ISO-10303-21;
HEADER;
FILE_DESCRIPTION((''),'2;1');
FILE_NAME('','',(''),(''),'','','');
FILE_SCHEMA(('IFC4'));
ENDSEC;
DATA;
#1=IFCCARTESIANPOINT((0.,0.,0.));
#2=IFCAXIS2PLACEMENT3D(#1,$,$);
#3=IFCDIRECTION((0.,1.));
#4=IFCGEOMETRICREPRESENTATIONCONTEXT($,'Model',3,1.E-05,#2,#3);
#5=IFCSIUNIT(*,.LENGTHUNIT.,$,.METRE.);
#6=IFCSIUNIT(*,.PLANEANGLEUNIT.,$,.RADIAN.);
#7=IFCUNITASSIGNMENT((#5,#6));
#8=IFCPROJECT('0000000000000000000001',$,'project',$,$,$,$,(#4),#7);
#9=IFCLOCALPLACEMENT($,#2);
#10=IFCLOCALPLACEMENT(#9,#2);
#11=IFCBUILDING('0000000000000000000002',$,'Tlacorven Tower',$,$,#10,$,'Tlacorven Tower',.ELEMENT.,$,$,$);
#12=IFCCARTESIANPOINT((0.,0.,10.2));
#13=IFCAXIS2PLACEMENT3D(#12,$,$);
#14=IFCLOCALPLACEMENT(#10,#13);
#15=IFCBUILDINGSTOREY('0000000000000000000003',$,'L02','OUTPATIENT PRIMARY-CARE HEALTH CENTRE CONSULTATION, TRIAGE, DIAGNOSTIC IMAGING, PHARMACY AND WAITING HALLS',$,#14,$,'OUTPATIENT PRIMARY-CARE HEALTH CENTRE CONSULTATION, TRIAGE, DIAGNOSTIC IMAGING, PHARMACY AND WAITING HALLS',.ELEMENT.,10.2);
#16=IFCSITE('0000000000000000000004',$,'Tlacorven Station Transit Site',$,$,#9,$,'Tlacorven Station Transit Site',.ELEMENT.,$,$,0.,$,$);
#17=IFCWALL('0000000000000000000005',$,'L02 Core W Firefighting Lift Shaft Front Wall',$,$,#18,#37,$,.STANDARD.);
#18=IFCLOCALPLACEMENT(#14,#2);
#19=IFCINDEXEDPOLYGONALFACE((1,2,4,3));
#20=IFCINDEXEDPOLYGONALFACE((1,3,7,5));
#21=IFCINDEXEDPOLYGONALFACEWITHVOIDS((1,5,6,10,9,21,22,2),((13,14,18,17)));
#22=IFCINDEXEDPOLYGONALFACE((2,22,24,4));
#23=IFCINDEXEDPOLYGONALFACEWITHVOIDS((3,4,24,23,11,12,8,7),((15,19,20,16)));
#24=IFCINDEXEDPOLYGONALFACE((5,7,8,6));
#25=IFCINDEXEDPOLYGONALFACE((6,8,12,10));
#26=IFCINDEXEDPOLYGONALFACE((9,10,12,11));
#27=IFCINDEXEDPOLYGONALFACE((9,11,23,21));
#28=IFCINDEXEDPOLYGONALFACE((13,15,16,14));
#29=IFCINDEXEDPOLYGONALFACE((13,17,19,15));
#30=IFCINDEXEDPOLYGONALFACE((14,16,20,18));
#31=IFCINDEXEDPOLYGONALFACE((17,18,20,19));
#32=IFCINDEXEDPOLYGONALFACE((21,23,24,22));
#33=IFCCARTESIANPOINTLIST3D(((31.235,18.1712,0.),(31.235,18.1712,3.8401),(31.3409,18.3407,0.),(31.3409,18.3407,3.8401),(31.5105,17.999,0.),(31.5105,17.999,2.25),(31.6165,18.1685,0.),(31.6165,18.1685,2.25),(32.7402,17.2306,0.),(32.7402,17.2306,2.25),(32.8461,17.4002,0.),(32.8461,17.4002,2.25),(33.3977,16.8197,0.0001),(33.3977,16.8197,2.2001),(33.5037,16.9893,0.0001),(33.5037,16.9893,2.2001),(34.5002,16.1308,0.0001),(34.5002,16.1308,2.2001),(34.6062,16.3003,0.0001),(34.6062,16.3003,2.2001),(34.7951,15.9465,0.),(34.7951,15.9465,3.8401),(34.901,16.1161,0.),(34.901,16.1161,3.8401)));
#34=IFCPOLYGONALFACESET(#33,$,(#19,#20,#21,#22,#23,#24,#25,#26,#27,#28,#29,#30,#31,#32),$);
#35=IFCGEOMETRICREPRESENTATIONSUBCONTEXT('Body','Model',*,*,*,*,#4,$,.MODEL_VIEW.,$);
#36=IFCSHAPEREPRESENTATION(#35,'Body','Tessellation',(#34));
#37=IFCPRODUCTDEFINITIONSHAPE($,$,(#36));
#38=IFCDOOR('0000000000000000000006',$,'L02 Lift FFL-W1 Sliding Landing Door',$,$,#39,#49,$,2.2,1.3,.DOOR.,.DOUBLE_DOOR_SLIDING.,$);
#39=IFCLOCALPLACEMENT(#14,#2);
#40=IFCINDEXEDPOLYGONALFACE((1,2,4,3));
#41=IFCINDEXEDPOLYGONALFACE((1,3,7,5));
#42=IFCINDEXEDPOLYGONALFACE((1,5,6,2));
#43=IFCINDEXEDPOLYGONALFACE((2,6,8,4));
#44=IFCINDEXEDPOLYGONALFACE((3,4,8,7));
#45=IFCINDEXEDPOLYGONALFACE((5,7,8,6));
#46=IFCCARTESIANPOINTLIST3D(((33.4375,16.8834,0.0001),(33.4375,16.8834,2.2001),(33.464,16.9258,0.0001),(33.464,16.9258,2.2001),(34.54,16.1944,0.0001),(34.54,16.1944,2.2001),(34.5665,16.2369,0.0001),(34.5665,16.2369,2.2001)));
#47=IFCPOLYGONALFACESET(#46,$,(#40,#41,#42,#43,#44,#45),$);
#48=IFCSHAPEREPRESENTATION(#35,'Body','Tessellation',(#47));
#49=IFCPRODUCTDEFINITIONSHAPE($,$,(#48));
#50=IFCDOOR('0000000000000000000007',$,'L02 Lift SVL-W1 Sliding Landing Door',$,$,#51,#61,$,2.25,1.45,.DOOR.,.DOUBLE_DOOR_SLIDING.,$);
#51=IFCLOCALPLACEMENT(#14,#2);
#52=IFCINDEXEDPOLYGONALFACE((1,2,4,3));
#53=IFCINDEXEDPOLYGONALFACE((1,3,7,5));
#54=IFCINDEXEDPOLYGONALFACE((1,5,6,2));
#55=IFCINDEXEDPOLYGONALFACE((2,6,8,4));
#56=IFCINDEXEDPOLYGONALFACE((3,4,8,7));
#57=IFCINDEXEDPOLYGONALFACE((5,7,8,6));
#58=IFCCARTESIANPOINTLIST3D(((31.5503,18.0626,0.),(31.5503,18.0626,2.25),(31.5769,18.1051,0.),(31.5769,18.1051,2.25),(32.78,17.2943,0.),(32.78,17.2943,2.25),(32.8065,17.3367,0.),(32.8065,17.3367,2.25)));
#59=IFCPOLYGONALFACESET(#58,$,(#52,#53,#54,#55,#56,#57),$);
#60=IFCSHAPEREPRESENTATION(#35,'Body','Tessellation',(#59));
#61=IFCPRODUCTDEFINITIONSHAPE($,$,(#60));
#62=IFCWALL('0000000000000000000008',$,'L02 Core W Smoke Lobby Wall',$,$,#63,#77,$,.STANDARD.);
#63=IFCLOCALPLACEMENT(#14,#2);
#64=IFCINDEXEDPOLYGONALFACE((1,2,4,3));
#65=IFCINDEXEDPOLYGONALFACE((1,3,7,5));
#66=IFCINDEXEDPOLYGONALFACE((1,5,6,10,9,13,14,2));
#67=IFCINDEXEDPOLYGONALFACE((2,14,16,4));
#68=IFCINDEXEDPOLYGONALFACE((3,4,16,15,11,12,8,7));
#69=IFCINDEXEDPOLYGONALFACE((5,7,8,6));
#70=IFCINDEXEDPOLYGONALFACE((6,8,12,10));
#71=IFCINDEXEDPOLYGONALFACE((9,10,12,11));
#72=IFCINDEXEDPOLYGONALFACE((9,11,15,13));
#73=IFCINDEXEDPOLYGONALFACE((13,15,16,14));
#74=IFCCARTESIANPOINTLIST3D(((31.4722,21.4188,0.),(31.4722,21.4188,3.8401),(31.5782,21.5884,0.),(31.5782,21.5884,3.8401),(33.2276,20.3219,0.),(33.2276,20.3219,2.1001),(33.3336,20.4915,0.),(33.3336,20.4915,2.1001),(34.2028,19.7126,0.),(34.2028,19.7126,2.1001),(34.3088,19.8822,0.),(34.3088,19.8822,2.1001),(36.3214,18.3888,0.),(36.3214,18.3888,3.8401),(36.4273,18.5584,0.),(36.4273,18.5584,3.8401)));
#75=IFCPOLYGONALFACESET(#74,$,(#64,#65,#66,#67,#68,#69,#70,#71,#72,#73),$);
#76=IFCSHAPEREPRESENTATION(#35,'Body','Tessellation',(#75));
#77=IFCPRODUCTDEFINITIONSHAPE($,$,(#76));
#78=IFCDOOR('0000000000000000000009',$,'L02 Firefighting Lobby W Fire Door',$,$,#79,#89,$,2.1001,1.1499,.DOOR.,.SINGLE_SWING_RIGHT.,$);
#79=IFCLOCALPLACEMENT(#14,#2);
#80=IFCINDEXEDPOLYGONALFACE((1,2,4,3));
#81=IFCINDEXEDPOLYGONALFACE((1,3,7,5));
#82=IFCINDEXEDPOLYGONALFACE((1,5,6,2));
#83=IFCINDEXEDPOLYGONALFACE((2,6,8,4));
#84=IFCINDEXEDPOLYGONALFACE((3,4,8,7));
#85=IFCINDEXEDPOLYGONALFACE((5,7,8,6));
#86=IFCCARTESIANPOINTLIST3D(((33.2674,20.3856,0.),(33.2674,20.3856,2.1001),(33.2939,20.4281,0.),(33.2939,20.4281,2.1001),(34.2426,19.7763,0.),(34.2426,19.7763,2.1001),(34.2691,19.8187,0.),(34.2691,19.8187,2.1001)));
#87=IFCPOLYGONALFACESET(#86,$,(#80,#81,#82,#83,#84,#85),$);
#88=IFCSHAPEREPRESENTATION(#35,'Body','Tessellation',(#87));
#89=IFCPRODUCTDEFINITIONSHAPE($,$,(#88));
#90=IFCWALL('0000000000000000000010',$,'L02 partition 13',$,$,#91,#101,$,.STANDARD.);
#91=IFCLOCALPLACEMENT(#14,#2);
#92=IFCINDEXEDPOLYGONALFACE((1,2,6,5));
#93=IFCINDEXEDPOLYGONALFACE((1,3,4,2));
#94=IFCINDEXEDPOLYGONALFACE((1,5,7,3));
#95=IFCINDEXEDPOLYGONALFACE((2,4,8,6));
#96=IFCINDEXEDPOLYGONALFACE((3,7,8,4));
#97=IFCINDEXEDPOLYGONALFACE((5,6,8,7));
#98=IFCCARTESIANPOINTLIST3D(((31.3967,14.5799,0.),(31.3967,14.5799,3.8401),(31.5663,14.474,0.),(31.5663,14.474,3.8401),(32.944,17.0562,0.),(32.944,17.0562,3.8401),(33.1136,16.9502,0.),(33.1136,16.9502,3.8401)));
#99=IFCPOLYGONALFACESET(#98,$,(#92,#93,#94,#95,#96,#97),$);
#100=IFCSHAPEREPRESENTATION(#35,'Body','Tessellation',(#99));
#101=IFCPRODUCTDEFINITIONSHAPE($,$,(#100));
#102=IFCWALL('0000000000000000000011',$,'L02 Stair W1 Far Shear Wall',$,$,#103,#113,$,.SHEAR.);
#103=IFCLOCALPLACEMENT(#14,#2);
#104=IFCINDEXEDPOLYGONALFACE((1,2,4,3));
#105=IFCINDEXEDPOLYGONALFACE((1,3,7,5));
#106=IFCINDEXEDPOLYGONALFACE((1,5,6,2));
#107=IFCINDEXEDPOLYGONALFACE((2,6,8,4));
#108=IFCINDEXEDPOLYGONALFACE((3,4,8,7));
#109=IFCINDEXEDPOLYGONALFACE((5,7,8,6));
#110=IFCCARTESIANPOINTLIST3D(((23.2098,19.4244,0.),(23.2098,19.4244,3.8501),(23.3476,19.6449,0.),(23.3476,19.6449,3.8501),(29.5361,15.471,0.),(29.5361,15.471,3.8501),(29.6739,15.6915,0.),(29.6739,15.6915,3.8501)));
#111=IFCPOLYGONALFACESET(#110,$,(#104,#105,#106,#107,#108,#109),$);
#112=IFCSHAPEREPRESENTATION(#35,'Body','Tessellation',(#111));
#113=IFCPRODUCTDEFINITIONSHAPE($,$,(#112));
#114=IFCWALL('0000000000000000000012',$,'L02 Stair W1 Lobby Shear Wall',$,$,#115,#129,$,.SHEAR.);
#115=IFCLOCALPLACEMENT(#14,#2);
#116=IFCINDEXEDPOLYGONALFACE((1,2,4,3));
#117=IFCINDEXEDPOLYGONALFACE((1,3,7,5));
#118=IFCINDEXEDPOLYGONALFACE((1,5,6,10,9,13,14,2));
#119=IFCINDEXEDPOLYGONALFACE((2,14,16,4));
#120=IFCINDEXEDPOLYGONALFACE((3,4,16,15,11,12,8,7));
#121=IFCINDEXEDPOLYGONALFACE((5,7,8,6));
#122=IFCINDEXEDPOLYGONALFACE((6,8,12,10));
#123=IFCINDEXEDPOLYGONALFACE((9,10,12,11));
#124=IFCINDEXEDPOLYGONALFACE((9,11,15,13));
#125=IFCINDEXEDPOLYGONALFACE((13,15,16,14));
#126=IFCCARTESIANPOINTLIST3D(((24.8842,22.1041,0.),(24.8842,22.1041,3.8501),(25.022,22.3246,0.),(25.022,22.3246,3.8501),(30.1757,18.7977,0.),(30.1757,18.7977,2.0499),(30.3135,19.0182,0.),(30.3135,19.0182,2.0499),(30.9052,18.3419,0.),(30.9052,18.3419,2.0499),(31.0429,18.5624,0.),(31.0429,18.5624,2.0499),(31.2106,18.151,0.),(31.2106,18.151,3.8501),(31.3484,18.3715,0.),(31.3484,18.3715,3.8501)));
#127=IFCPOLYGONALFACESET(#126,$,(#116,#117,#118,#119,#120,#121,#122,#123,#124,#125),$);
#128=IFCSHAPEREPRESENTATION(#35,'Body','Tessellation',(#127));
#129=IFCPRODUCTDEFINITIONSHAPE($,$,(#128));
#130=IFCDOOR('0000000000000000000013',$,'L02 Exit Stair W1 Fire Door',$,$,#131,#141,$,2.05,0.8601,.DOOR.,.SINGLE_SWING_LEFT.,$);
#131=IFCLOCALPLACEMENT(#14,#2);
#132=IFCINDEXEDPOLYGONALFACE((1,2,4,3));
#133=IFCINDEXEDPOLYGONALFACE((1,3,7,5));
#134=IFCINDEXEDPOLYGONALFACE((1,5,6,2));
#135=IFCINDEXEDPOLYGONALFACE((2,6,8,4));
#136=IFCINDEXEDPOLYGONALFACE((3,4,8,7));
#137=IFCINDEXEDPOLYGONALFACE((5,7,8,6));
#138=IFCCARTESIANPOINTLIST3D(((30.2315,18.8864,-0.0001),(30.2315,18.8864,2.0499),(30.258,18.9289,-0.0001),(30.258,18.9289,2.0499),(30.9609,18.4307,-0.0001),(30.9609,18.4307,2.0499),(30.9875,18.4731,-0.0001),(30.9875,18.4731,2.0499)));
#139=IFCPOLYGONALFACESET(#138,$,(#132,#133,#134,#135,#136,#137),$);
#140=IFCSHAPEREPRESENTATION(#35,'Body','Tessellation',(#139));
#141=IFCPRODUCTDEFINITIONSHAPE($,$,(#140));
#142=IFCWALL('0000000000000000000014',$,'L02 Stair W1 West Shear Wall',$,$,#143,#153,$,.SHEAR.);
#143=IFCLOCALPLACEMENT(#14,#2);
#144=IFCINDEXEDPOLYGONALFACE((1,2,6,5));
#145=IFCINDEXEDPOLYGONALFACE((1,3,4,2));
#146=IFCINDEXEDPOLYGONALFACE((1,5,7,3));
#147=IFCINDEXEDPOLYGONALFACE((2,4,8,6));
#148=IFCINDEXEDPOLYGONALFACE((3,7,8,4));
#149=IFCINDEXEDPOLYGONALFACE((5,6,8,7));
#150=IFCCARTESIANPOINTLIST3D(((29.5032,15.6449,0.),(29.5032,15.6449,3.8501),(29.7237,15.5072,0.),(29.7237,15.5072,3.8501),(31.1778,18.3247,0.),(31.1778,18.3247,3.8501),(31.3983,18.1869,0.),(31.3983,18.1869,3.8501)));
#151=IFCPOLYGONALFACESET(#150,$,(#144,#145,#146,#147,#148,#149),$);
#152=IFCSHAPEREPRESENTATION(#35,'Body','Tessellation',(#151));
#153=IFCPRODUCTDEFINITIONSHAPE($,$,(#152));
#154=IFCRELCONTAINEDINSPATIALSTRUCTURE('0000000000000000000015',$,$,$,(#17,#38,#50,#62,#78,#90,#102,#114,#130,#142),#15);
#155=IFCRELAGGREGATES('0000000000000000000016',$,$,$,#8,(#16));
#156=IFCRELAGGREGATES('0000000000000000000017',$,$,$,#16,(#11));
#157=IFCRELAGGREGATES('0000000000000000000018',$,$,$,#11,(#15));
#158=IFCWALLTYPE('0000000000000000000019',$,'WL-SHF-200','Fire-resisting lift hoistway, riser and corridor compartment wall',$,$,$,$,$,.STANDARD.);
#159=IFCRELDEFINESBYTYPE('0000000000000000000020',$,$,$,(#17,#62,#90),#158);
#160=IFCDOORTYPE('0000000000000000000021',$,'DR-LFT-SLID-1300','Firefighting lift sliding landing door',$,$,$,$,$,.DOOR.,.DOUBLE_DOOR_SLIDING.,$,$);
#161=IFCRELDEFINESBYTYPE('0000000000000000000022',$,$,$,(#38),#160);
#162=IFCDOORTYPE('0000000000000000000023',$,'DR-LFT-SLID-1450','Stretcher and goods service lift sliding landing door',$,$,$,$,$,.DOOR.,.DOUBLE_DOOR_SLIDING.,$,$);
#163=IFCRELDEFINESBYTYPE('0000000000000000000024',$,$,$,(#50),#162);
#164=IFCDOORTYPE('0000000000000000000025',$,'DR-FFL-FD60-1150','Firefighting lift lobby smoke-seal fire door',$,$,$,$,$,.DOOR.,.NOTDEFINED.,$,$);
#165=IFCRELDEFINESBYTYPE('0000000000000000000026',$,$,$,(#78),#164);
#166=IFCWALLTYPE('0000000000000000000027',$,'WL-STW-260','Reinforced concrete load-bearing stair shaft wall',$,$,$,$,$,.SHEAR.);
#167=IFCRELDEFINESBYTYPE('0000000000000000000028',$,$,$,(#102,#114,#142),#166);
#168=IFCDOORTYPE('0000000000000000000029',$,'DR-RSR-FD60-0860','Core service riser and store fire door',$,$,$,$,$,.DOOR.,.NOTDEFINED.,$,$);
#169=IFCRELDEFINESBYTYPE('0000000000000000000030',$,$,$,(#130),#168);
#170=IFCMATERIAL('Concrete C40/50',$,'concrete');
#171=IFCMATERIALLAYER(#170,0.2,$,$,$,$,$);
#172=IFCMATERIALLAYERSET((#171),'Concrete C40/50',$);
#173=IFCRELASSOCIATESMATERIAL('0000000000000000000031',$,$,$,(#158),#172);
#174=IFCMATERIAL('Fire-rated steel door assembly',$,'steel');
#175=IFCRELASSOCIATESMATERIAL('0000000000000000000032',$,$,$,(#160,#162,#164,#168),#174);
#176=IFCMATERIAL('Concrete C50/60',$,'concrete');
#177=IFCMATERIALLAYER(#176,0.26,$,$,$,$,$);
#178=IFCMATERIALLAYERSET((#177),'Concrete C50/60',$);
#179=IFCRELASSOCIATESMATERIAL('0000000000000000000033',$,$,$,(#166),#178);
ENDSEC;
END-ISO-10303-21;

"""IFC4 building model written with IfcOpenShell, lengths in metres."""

from ifc_helpers import new_model, si_unit, direction, frame, frame_2d, origin, place, context, subcontext, project, spatial, rectangle, extrude, source, transform, mapped, material, layer, layer_set, type_object, element, fill, save


model = new_model("IFC4")

# Units and contexts
model_context = context("Model", 3, precision=1e-05, world=origin(), true_north=direction((0.0, 1.0)))
body_context = subcontext(model_context, "Body", "Model", "MODEL_VIEW")
ifc_project = project(units=[si_unit("LENGTHUNIT", "METRE"), si_unit("PLANEANGLEUNIT", "RADIAN")], contexts=[model_context])

# Site, building, storey
site_placement = place(None, origin())
site = spatial("IfcSite", under=ifc_project, at=site_placement, Name="Tlacorven Station Transit Site", LongName="Tlacorven Station Transit Site", CompositionType="ELEMENT", RefElevation=0.0)
building_placement = place(site_placement, origin())
building = spatial("IfcBuilding", under=site, at=building_placement, Name="Tlacorven Tower", LongName="Tlacorven Tower", CompositionType="ELEMENT")
storey_placement = place(building_placement, frame((0.0, 0.0, 10.2)))
storey = spatial("IfcBuildingStorey", under=building, at=storey_placement, Name="L02", Description="OUTPATIENT PRIMARY-CARE HEALTH CENTRE CONSULTATION, TRIAGE, DIAGNOSTIC IMAGING, PHARMACY AND WAITING HALLS", LongName="OUTPATIENT PRIMARY-CARE HEALTH CENTRE CONSULTATION, TRIAGE, DIAGNOSTIC IMAGING, PHARMACY AND WAITING HALLS", CompositionType="ELEMENT", Elevation=10.2)

# Wall, openings, doors
ifc_material_1 = material(Name="Concrete C40/50", Category="concrete")
ifc_layer_1 = layer(ifc_material_1, 0.2)
ifc_layer_set_1 = layer_set([ifc_layer_1], Name="Concrete C40/50")
wall_type_1 = type_object("IfcWallType", Name="WL-SHF-200", Description="Fire-resisting lift hoistway, riser and corridor compartment wall", PredefinedType="STANDARD", material=ifc_layer_set_1)
wall_1_placement = place(storey_placement, frame((34.8481, 16.0312, 0.0), z_axis=(0.0, 0.0, 1.0), x_axis=(-0.848044, 0.529926, 0.0)))
wall_1 = element("IfcWall", 1, at=wall_1_placement, inside=storey, type_object=wall_type_1, Name="L02 Core W Firefighting Lift Shaft Front Wall", PredefinedType="STANDARD", context=body_context, shape_type="SweptSolid", body=[
    extrude(rectangle(XDim=4.198, YDim=0.2, at=frame_2d((2.0991, 0.0))), origin(), (0.0, 0.0, 1.0), 3.8401),
])
opening_1_placement = place(wall_1_placement, frame((0.3479, 0.0, 0.0)))
opening_1 = element("IfcOpeningElement", 2, at=opening_1_placement, cuts=wall_1, PredefinedType="OPENING", context=body_context, shape_type="SweptSolid", body=[
    extrude(rectangle(XDim=1.3, YDim=2.2, at=frame_2d((0.6499, 1.1001))), frame((0.0, 0.1099, 0.0), z_axis=(0.0, -1.0, 0.0), x_axis=(1.0, 0.0, 0.0)), (0.0, 0.0, 1.0), 0.22),
])
opening_2_placement = place(wall_1_placement, frame((2.4231, 0.0, 0.0)))
opening_2 = element("IfcOpeningElement", 3, at=opening_2_placement, cuts=wall_1, PredefinedType="OPENING", context=body_context, shape_type="SweptSolid", body=[
    extrude(rectangle(XDim=1.45, YDim=2.25, at=frame_2d((0.7251, 1.125))), frame((0.0, 0.1099, 0.0), z_axis=(0.0, -1.0, 0.0), x_axis=(1.0, 0.0, 0.0)), (0.0, 0.0, 1.0), 0.22),
])
ifc_material_2 = material(Name="Fire-rated steel door assembly", Category="steel")
door_type_1 = type_object("IfcDoorType", Name="DR-LFT-SLID-1300", Description="Firefighting lift sliding landing door", OperationType="DOUBLE_DOOR_SLIDING", PredefinedType="DOOR", material=ifc_material_2)
shared_shape_1 = source(origin(), body_context, "Body", "SweptSolid", [
    extrude(rectangle(XDim=1.3, YDim=2.2, at=frame_2d((0.6499, 1.1001))), frame((0.0, 0.0249, 0.0), z_axis=(0.0, -1.0, 0.0), x_axis=(1.0, 0.0, 0.0)), (0.0, 0.0, 1.0), 0.05),
])
door_1_placement = place(opening_1_placement, origin())
door_1 = element("IfcDoor", 4, at=door_1_placement, inside=storey, type_object=door_type_1, Name="L02 Lift FFL-W1 Sliding Landing Door", OperationType="DOUBLE_DOOR_SLIDING", OverallHeight=2.2, OverallWidth=1.3, PredefinedType="DOOR", context=body_context, shape_type="MappedRepresentation", body=[
    mapped(shared_shape_1, transform((0.0, 0.0, 0.0), scale=1.0)),
])
fill(opening_1, door_1)
door_type_2 = type_object("IfcDoorType", Name="DR-LFT-SLID-1450", Description="Stretcher and goods service lift sliding landing door", OperationType="DOUBLE_DOOR_SLIDING", PredefinedType="DOOR", material=ifc_material_2)
shared_shape_2 = source(origin(), body_context, "Body", "SweptSolid", [
    extrude(rectangle(XDim=1.45, YDim=2.25, at=frame_2d((0.7251, 1.125))), frame((0.0, 0.0249, 0.0), z_axis=(0.0, -1.0, 0.0), x_axis=(1.0, 0.0, 0.0)), (0.0, 0.0, 1.0), 0.05),
])
door_2_placement = place(opening_2_placement, origin())
door_2 = element("IfcDoor", 5, at=door_2_placement, inside=storey, type_object=door_type_2, Name="L02 Lift SVL-W1 Sliding Landing Door", OperationType="DOUBLE_DOOR_SLIDING", OverallHeight=2.25, OverallWidth=1.45, PredefinedType="DOOR", context=body_context, shape_type="MappedRepresentation", body=[
    mapped(shared_shape_2, transform((0.0, 0.0, 0.0), scale=1.0)),
])
fill(opening_2, door_2)

# Wall, opening, door
wall_2_placement = place(storey_placement, frame((36.3743, 18.4736, 0.0), z_axis=(0.0, 0.0, 1.0), x_axis=(-0.848051, 0.529915, 0.0)))
wall_2 = element("IfcWall", 6, at=wall_2_placement, inside=storey, type_object=wall_type_1, Name="L02 Core W Smoke Lobby Wall", PredefinedType="STANDARD", context=body_context, shape_type="SweptSolid", body=[
    extrude(rectangle(XDim=5.718, YDim=0.2, at=frame_2d((2.8589, 0.0))), origin(), (0.0, 0.0, 1.0), 3.8401),
])
opening_3_placement = place(wall_2_placement, frame((2.498, 0.0, 0.0)))
opening_3 = element("IfcOpeningElement", 7, at=opening_3_placement, cuts=wall_2, PredefinedType="OPENING", context=body_context, shape_type="SweptSolid", body=[
    extrude(rectangle(XDim=1.1499, YDim=2.1001, at=frame_2d((0.575, 1.05))), frame((0.0, 0.1099, 0.0), z_axis=(0.0, -1.0, 0.0), x_axis=(1.0, 0.0, 0.0)), (0.0, 0.0, 1.0), 0.22),
])
door_type_3 = type_object("IfcDoorType", Name="DR-FFL-FD60-1150", Description="Firefighting lift lobby smoke-seal fire door", OperationType="NOTDEFINED", PredefinedType="DOOR", material=ifc_material_2)
shared_shape_3 = source(origin(), body_context, "Body", "SweptSolid", [
    extrude(rectangle(XDim=1.1499, YDim=2.1001, at=frame_2d((0.575, 1.05))), frame((0.0, 0.0249, 0.0), z_axis=(0.0, -1.0, 0.0), x_axis=(1.0, 0.0, 0.0)), (0.0, 0.0, 1.0), 0.05),
])
door_3_placement = place(opening_3_placement, origin())
door_3 = element("IfcDoor", 8, at=door_3_placement, inside=storey, type_object=door_type_3, Name="L02 Firefighting Lobby W Fire Door", OperationType="SINGLE_SWING_RIGHT", OverallHeight=2.1001, OverallWidth=1.1499, PredefinedType="DOOR", context=body_context, shape_type="MappedRepresentation", body=[
    mapped(shared_shape_3, transform((0.0, 0.0, 0.0), scale=1.0)),
])
fill(opening_3, door_3)

# Walls
wall_3_placement = place(storey_placement, frame((33.0288, 17.0032, 0.0), z_axis=(0.0, 0.0, 1.0), x_axis=(-0.529916, -0.84805, 0.0)))
element("IfcWall", 9, at=wall_3_placement, inside=storey, type_object=wall_type_1, Name="L02 partition 13", PredefinedType="STANDARD", context=body_context, shape_type="SweptSolid", body=[
    extrude(rectangle(XDim=2.9199, YDim=0.2, at=frame_2d((1.46, 0.0))), origin(), (0.0, 0.0, 1.0), 3.8401),
])
ifc_material_3 = material(Name="Concrete C50/60", Category="concrete")
ifc_layer_2 = layer(ifc_material_3, 0.26)
ifc_layer_set_2 = layer_set([ifc_layer_2], Name="Concrete C50/60")
wall_type_2 = type_object("IfcWallType", Name="WL-STW-260", Description="Reinforced concrete load-bearing stair shaft wall", PredefinedType="SHEAR", material=ifc_layer_set_2)
wall_4_placement = place(storey_placement, frame((29.605, 15.5813, 0.0), z_axis=(0.0, 0.0, 1.0), x_axis=(-0.848037, 0.529937, 0.0)))
element("IfcWall", 10, at=wall_4_placement, inside=storey, type_object=wall_type_2, Name="L02 Stair W1 Far Shear Wall", PredefinedType="SHEAR", context=body_context, shape_type="SweptSolid", body=[
    extrude(rectangle(XDim=7.46, YDim=0.26, at=frame_2d((3.73, 0.0))), origin(), (0.0, 0.0, 1.0), 3.8501),
])

# Wall, opening, door
wall_5_placement = place(storey_placement, frame((31.2795, 18.2612, 0.0), z_axis=(0.0, 0.0, 1.0), x_axis=(-0.848052, 0.529914, 0.0)))
wall_5 = element("IfcWall", 11, at=wall_5_placement, inside=storey, type_object=wall_type_2, Name="L02 Stair W1 Lobby Shear Wall", PredefinedType="SHEAR", context=body_context, shape_type="SweptSolid", body=[
    extrude(rectangle(XDim=7.46, YDim=0.26, at=frame_2d((3.73, 0.0))), origin(), (0.0, 0.0, 1.0), 3.8501),
])
opening_4_placement = place(wall_5_placement, frame((0.3601, 0.0, 0.0)))
opening_4 = element("IfcOpeningElement", 12, at=opening_4_placement, cuts=wall_5, PredefinedType="OPENING", context=body_context, shape_type="SweptSolid", body=[
    extrude(rectangle(XDim=0.8601, YDim=2.05, at=frame_2d((0.4302, 1.0249))), frame((0.0, 0.1401, 0.0), z_axis=(0.0, -1.0, 0.0), x_axis=(1.0, 0.0, 0.0)), (0.0, 0.0, 1.0), 0.28),
])
door_type_4 = type_object("IfcDoorType", Name="DR-RSR-FD60-0860", Description="Core service riser and store fire door", OperationType="NOTDEFINED", PredefinedType="DOOR", material=ifc_material_2)
shared_shape_4 = source(origin(), body_context, "Body", "SweptSolid", [
    extrude(rectangle(XDim=0.8601, YDim=2.05, at=frame_2d((0.4302, 1.0249))), frame((0.0, 0.0249, 0.0), z_axis=(0.0, -1.0, 0.0), x_axis=(1.0, 0.0, 0.0)), (0.0, 0.0, 1.0), 0.05),
])
door_4_placement = place(opening_4_placement, frame((0.8601, 0.0, 0.0), z_axis=(0.0, 0.0, 1.0), x_axis=(-1.0, 0.0, 0.0)))
door_4 = element("IfcDoor", 13, at=door_4_placement, inside=storey, type_object=door_type_4, Name="L02 Exit Stair W1 Fire Door", OperationType="SINGLE_SWING_LEFT", OverallHeight=2.05, OverallWidth=0.8601, PredefinedType="DOOR", context=body_context, shape_type="MappedRepresentation", body=[
    mapped(shared_shape_4, transform((0.0, 0.0, 0.0), scale=1.0)),
])
fill(opening_4, door_4)

# Wall
wall_6_placement = place(storey_placement, frame((31.2881, 18.2559, 0.0), z_axis=(0.0, 0.0, 1.0), x_axis=(-0.529943, -0.848033, 0.0)))
element("IfcWall", 14, at=wall_6_placement, inside=storey, type_object=wall_type_2, Name="L02 Stair W1 West Shear Wall", PredefinedType="SHEAR", context=body_context, shape_type="SweptSolid", body=[
    extrude(rectangle(XDim=3.1599, YDim=0.26, at=frame_2d((1.5801, 0.0))), origin(), (0.0, 0.0, 1.0), 3.8501),
])

save(model, "model.ifc")
